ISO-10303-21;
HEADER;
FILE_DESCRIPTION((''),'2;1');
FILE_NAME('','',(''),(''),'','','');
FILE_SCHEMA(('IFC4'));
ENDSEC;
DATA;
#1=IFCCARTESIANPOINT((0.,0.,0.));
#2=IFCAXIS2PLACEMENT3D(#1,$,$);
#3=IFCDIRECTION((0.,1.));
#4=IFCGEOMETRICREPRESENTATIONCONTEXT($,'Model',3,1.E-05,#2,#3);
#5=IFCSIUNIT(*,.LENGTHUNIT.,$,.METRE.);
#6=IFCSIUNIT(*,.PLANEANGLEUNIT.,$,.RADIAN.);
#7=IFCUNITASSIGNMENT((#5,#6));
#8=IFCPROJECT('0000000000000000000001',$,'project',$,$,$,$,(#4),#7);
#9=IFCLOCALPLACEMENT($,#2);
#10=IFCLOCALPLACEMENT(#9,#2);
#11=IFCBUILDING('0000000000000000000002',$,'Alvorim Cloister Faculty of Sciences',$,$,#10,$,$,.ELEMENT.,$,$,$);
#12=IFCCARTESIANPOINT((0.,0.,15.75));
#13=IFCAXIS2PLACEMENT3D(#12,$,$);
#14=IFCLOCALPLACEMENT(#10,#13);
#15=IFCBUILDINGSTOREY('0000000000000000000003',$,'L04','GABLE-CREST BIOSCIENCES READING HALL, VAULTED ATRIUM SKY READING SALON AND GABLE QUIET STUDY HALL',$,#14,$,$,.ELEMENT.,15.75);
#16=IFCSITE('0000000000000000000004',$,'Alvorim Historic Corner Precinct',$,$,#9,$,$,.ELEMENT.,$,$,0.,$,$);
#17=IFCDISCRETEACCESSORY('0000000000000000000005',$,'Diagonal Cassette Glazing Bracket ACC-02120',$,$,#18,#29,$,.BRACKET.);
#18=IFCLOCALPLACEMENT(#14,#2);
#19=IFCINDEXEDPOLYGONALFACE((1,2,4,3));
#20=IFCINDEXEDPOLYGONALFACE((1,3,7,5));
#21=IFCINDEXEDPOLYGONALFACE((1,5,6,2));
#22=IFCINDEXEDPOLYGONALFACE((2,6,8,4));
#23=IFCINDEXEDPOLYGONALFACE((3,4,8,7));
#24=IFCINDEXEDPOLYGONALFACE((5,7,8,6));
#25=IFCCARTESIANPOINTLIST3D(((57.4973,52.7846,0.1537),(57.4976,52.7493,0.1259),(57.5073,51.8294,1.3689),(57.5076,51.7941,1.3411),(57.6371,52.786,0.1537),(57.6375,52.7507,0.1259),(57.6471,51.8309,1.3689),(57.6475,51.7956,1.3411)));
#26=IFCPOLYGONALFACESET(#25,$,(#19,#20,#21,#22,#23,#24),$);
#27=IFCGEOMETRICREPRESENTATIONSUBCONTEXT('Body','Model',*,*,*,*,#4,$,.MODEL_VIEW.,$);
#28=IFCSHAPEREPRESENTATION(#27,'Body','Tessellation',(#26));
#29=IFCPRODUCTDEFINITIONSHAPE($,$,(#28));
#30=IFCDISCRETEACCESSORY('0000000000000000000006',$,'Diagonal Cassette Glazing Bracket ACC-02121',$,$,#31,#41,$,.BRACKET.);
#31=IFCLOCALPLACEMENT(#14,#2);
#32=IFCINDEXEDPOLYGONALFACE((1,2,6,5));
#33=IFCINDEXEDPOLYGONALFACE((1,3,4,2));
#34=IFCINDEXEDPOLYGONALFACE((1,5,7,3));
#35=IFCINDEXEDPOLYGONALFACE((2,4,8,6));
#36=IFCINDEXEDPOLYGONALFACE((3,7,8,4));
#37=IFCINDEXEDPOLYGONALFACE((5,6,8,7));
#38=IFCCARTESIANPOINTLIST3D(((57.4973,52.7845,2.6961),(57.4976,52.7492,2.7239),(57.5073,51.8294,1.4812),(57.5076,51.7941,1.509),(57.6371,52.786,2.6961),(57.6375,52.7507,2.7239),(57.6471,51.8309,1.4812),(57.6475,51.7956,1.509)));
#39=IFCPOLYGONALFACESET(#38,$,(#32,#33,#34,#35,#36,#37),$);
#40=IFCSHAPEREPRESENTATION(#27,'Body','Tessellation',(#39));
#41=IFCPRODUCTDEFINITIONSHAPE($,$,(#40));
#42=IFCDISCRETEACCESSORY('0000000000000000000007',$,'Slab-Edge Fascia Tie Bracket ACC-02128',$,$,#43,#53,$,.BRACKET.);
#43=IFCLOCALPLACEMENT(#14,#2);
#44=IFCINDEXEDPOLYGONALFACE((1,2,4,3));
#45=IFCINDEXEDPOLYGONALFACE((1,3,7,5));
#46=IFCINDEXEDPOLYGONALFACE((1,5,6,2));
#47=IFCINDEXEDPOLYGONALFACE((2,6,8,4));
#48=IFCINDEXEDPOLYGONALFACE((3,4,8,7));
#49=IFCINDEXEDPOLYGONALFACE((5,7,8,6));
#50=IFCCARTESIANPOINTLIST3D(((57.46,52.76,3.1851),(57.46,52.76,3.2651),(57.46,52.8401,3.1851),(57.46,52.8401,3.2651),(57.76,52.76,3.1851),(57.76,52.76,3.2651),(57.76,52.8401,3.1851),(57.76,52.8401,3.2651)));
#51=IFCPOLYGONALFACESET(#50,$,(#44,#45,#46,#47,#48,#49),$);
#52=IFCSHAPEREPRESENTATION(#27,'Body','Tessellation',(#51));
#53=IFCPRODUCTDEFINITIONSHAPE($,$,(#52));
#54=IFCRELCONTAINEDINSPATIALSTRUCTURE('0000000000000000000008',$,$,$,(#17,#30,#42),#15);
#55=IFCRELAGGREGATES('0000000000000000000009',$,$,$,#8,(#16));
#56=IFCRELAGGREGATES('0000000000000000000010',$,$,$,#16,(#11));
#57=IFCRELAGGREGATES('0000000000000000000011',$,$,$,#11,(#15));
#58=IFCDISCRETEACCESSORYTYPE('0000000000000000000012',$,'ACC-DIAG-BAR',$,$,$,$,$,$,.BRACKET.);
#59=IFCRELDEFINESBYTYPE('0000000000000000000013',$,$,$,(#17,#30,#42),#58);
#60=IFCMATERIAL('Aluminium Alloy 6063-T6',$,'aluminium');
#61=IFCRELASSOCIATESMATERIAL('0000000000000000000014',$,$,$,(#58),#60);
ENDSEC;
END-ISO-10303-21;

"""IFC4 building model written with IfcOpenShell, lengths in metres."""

from ifc_helpers import new_model, si_unit, direction, frame, origin, origin_2d, place, context, subcontext, project, spatial, rectangle, extrude, material, type_object, element, save


model = new_model("IFC4")

# Units and contexts
model_context = context("Model", 3, precision=1e-05, world=origin(), true_north=direction((0.0, 1.0)))
body_context = subcontext(model_context, "Body", "Model", "MODEL_VIEW")
ifc_project = project(units=[si_unit("LENGTHUNIT", "METRE"), si_unit("PLANEANGLEUNIT", "RADIAN")], contexts=[model_context])

# Site, building, storey
site_placement = place(None, origin())
site = spatial("IfcSite", under=ifc_project, at=site_placement, Name="Alvorim Historic Corner Precinct", CompositionType="ELEMENT", RefElevation=0.0)
building_placement = place(site_placement, origin())
building = spatial("IfcBuilding", under=site, at=building_placement, Name="Alvorim Cloister Faculty of Sciences", CompositionType="ELEMENT")
storey_placement = place(building_placement, frame((0.0, 0.0, 15.75)))
storey = spatial("IfcBuildingStorey", under=building, at=storey_placement, Name="L04", Description="GABLE-CREST BIOSCIENCES READING HALL, VAULTED ATRIUM SKY READING SALON AND GABLE QUIET STUDY HALL", CompositionType="ELEMENT", Elevation=15.75)

# Shared definitions
ifc_material_1 = material(Name="Aluminium Alloy 6063-T6", Category="aluminium")

# Discrete accessories
discrete_accessory_type = type_object("IfcDiscreteAccessoryType", Name="ACC-DIAG-BAR", PredefinedType="BRACKET", material=ifc_material_1)
discrete_accessory_1_placement = place(storey_placement, frame((57.5774, 51.8125, 1.355), z_axis=(-0.006477, 0.617955, -0.786187), x_axis=(-0.999945, -0.01048, 0.0)))
element("IfcDiscreteAccessory", 1, at=discrete_accessory_1_placement, inside=storey, type_object=discrete_accessory_type, Name="Diagonal Cassette Glazing Bracket ACC-02120", PredefinedType="BRACKET", context=body_context, shape_type="SweptSolid", body=[
    extrude(rectangle(XDim=0.1399, YDim=0.0449, at=origin_2d()), origin(), (0.0, 0.0, 1.0), 1.5457),
])
discrete_accessory_2_placement = place(storey_placement, frame((57.5774, 51.8125, 1.4951), z_axis=(-0.006477, 0.618032, 0.786126), x_axis=(-0.999945, -0.01048, 0.0)))
element("IfcDiscreteAccessory", 2, at=discrete_accessory_2_placement, inside=storey, type_object=discrete_accessory_type, Name="Diagonal Cassette Glazing Bracket ACC-02121", PredefinedType="BRACKET", context=body_context, shape_type="SweptSolid", body=[
    extrude(rectangle(XDim=0.1399, YDim=0.0449, at=origin_2d()), origin(), (0.0, 0.0, 1.0), 1.5454),
])
discrete_accessory_3_placement = place(storey_placement, frame((57.46, 52.8, 3.2251), z_axis=(1.0, 0.0, 0.0), x_axis=(0.0, 1.0, 0.0)))
element("IfcDiscreteAccessory", 3, at=discrete_accessory_3_placement, inside=storey, type_object=discrete_accessory_type, Name="Slab-Edge Fascia Tie Bracket ACC-02128", PredefinedType="BRACKET", context=body_context, shape_type="SweptSolid", body=[
    extrude(rectangle(XDim=0.0801, YDim=0.0801, at=origin_2d()), origin(), (0.0, 0.0, 1.0), 0.3),
])

save(model, "model.ifc")
